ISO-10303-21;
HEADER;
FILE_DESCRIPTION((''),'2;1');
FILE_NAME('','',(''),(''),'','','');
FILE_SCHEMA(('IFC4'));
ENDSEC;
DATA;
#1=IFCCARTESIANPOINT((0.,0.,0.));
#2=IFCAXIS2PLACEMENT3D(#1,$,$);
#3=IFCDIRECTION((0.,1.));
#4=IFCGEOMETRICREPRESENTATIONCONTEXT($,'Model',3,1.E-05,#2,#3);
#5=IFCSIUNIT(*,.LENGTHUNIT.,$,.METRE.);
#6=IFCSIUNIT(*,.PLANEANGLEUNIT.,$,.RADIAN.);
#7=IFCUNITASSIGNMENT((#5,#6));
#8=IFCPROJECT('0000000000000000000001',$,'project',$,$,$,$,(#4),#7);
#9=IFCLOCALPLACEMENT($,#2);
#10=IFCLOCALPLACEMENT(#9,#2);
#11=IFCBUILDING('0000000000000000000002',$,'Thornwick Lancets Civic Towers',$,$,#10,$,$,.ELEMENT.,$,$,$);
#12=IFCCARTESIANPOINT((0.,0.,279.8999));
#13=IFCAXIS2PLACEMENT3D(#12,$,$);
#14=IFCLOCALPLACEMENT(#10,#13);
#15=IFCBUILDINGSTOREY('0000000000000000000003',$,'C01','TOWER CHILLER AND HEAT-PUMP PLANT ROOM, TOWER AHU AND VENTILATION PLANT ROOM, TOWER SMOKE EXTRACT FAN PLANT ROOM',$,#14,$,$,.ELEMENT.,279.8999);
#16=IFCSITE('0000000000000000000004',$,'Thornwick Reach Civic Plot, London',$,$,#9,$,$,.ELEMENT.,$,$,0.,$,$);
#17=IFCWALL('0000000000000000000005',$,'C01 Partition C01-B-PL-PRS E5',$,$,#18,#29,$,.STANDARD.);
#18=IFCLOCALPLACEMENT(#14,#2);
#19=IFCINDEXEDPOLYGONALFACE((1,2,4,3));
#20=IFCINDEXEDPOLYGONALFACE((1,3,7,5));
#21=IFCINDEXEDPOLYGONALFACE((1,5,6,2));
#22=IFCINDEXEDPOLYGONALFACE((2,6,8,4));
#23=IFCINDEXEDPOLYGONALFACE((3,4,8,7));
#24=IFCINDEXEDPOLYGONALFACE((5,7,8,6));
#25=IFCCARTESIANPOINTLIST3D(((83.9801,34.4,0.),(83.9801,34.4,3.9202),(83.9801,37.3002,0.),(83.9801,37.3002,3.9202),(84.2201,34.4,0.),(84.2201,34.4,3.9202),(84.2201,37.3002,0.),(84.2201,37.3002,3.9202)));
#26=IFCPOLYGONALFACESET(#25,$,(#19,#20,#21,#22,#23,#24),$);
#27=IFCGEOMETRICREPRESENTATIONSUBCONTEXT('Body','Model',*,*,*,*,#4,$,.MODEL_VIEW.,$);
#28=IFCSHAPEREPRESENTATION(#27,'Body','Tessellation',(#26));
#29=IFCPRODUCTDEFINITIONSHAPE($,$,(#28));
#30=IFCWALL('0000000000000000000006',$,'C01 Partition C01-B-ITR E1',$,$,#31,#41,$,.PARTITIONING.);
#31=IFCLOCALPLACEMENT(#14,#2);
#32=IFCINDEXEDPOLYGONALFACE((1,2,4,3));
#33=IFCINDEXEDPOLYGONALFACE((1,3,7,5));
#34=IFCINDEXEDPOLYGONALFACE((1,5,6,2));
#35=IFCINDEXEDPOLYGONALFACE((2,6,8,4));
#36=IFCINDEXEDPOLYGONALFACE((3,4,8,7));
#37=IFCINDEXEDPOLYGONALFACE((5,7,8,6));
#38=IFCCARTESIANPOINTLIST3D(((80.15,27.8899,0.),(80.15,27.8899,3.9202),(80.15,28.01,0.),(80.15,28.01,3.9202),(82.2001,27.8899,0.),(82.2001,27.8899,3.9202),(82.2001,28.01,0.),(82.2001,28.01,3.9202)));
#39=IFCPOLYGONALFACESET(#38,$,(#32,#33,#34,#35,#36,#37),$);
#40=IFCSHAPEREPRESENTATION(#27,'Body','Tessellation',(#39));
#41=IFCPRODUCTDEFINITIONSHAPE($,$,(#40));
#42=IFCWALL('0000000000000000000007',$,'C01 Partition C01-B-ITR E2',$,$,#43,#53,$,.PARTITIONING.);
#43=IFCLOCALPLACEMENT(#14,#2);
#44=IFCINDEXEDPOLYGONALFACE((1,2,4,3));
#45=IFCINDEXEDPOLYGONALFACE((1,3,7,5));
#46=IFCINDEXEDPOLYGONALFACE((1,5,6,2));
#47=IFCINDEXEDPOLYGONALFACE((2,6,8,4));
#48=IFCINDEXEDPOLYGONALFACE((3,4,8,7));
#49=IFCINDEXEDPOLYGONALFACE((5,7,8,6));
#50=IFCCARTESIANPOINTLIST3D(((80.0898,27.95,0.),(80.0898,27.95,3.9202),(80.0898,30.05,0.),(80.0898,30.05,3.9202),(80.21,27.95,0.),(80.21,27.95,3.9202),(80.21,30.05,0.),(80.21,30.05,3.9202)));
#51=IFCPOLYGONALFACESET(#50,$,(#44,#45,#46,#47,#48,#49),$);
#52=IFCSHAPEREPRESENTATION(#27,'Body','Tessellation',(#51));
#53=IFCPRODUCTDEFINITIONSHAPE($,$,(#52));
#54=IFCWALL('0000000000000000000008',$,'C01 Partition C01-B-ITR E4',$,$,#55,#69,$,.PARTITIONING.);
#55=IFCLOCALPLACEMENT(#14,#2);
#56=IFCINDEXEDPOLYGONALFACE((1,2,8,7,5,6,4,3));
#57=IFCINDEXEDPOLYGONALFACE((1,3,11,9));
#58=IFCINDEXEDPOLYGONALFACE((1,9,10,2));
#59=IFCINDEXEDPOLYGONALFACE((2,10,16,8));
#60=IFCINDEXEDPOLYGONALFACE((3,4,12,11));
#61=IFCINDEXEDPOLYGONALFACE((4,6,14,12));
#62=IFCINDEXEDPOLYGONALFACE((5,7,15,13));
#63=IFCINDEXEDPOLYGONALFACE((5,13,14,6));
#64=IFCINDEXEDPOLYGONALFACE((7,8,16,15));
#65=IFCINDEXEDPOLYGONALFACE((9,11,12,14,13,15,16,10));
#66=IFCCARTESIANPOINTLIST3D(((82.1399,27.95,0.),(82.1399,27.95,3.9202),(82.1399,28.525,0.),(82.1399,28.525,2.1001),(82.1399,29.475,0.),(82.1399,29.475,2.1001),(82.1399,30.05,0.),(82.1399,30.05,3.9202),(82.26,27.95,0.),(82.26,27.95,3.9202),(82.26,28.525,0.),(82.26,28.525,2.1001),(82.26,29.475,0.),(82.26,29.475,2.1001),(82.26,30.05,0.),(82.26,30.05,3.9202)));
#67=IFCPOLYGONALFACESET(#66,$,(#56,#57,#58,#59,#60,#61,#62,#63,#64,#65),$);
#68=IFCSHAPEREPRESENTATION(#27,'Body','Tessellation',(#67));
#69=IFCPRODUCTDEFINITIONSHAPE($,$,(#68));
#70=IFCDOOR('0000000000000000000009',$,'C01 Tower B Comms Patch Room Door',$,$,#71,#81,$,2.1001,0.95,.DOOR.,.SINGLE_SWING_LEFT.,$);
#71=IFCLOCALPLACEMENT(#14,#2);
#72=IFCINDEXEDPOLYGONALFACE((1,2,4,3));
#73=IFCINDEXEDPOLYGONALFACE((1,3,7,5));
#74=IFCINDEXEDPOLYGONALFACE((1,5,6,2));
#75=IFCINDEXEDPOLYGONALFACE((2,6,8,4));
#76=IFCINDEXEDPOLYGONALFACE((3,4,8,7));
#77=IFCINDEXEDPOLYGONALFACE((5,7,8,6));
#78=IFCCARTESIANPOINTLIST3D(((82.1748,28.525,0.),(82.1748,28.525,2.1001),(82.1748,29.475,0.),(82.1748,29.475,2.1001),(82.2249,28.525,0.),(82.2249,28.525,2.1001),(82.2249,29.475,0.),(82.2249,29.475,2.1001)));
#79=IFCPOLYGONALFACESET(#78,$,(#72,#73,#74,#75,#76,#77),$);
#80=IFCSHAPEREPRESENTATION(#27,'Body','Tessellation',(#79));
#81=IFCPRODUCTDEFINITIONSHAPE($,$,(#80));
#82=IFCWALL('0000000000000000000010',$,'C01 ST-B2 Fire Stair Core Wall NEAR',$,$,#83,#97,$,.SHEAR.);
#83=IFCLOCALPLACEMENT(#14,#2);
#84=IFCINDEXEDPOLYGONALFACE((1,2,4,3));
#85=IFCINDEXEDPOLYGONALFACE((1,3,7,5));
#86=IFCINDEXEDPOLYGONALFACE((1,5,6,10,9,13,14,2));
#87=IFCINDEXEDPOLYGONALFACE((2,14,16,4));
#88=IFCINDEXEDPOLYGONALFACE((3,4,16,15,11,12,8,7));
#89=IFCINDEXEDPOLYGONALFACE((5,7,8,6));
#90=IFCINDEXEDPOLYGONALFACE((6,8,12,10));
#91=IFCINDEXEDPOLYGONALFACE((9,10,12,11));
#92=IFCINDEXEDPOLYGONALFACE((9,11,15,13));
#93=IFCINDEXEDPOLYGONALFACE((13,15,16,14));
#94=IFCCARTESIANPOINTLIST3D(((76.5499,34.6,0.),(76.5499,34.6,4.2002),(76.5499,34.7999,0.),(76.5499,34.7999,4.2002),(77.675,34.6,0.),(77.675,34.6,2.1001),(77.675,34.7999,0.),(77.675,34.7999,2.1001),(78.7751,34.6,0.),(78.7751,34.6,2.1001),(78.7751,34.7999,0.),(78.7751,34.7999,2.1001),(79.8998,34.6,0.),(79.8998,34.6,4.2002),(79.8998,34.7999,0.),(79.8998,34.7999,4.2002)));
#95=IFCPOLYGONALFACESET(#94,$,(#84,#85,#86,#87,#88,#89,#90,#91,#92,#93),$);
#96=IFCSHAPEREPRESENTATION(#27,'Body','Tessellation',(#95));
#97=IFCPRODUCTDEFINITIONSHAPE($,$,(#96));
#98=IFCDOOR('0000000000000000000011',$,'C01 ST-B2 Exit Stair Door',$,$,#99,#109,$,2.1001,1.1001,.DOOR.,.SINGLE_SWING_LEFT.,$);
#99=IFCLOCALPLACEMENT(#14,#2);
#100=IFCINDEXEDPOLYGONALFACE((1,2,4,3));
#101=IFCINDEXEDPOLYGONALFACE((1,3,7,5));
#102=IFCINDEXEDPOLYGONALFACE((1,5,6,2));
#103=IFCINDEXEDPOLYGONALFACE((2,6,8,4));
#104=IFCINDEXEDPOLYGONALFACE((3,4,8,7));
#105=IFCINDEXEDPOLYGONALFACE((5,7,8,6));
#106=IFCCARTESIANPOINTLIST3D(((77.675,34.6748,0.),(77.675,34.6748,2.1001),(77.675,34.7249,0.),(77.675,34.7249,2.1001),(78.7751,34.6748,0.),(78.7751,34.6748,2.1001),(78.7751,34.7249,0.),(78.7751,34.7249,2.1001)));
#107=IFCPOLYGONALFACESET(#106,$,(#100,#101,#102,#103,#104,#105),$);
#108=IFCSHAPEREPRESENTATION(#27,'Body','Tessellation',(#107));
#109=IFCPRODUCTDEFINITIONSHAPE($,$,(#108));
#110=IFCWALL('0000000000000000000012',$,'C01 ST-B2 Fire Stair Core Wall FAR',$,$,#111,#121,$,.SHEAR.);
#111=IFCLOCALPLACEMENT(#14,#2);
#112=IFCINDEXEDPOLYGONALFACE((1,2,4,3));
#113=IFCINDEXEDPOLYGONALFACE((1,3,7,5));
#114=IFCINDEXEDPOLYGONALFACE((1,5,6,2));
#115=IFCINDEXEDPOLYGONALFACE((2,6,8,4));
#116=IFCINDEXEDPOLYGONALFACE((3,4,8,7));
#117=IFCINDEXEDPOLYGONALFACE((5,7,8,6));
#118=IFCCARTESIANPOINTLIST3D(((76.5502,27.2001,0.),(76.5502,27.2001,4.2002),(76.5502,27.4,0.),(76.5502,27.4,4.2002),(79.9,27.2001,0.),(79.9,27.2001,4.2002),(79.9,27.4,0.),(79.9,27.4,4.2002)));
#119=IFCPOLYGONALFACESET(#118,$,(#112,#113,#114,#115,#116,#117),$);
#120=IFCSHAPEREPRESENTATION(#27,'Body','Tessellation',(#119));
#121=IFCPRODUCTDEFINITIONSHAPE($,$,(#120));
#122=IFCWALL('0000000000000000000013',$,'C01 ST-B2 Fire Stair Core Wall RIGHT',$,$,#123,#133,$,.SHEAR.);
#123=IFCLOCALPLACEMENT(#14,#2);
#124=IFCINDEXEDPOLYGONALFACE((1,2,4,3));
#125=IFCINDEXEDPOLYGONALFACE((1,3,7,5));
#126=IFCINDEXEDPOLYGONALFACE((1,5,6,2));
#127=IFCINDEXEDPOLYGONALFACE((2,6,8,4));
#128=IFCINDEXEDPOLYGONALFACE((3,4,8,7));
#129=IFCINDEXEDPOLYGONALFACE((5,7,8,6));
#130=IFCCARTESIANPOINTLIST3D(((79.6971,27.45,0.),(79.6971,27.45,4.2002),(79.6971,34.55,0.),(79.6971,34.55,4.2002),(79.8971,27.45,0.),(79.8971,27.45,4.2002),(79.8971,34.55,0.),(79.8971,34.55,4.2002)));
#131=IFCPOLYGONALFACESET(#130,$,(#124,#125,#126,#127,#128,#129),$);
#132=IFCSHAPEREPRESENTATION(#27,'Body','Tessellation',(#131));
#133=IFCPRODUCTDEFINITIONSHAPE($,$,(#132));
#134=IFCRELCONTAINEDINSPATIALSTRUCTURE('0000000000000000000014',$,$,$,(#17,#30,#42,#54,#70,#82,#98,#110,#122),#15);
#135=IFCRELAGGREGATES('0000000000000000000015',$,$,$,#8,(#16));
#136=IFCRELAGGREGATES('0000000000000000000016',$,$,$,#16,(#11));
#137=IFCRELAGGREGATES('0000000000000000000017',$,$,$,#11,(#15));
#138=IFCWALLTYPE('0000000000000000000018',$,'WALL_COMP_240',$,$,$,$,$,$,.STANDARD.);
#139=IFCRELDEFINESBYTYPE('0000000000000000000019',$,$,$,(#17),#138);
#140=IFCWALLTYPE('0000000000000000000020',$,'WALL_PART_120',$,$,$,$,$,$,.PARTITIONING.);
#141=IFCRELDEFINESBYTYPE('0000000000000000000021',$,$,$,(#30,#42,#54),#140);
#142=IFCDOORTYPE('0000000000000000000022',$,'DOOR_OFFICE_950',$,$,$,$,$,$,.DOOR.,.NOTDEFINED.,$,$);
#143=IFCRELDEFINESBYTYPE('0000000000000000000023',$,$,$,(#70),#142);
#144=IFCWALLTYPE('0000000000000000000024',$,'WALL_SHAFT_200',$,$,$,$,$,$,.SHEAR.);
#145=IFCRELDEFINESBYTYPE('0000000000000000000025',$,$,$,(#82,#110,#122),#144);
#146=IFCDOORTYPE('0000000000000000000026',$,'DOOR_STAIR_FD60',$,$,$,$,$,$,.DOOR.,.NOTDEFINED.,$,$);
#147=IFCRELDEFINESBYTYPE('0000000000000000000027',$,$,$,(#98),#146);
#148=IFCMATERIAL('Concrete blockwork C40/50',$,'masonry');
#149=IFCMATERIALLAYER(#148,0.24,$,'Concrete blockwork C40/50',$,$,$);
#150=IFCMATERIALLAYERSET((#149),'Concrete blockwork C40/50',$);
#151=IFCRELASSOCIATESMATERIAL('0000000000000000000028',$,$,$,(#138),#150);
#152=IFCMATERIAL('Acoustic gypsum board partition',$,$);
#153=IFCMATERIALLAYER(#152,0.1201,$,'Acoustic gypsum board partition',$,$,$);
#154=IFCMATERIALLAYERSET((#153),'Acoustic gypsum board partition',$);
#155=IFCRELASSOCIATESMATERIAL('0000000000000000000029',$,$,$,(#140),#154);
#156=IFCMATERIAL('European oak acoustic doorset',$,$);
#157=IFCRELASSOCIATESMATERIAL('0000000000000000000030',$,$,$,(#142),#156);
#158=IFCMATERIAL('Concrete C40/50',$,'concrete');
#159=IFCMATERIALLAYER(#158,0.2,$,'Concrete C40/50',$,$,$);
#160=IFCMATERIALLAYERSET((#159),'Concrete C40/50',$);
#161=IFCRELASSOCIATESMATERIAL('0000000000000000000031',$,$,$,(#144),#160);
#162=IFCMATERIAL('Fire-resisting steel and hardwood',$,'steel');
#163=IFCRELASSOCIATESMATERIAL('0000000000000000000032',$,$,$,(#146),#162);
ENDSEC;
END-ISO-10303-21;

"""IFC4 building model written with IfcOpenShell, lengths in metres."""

from ifc_helpers import new_model, si_unit, direction, frame, frame_2d, origin, place, context, subcontext, project, spatial, rectangle, extrude, material, layer, layer_set, type_object, element, fill, save


model = new_model("IFC4")

# Units and contexts
model_context = context("Model", 3, precision=1e-05, world=origin(), true_north=direction((0.0, 1.0)))
body_context = subcontext(model_context, "Body", "Model", "MODEL_VIEW")
ifc_project = project(units=[si_unit("LENGTHUNIT", "METRE"), si_unit("PLANEANGLEUNIT", "RADIAN")], contexts=[model_context])

# Site, building, storey
site_placement = place(None, origin())
site = spatial("IfcSite", under=ifc_project, at=site_placement, Name="Thornwick Reach Civic Plot, London", CompositionType="ELEMENT", RefElevation=0.0)
building_placement = place(site_placement, origin())
building = spatial("IfcBuilding", under=site, at=building_placement, Name="Thornwick Lancets Civic Towers", CompositionType="ELEMENT")
storey_placement = place(building_placement, frame((0.0, 0.0, 279.8999)))
storey = spatial("IfcBuildingStorey", under=building, at=storey_placement, Name="C01", Description="TOWER CHILLER AND HEAT-PUMP PLANT ROOM, TOWER AHU AND VENTILATION PLANT ROOM, TOWER SMOKE EXTRACT FAN PLANT ROOM", CompositionType="ELEMENT", Elevation=279.8999)

# Shared definitions
ifc_material_1 = material(Name="Concrete blockwork C40/50", Category="masonry")

# Walls
ifc_layer_1 = layer(ifc_material_1, 0.24, Name="Concrete blockwork C40/50")
ifc_layer_set_1 = layer_set([ifc_layer_1], Name="Concrete blockwork C40/50")
wall_type_1 = type_object("IfcWallType", Name="WALL_COMP_240", PredefinedType="STANDARD", material=ifc_layer_set_1)
wall_1_placement = place(storey_placement, frame((84.1001, 34.3999, 0.0), z_axis=(0.0, 0.0, 1.0), x_axis=(0.0, 1.0, 0.0)))
element("IfcWall", 1, at=wall_1_placement, inside=storey, type_object=wall_type_1, Name="C01 Partition C01-B-PL-PRS E5", PredefinedType="STANDARD", context=body_context, shape_type="SweptSolid", body=[
    extrude(rectangle(XDim=2.9001, YDim=0.24, at=frame_2d((1.4502, 0.0))), origin(), (0.0, 0.0, 1.0), 3.9202),
])
ifc_material_2 = material(Name="Acoustic gypsum board partition")
ifc_layer_2 = layer(ifc_material_2, 0.1201, Name="Acoustic gypsum board partition")
ifc_layer_set_2 = layer_set([ifc_layer_2], Name="Acoustic gypsum board partition")
wall_type_2 = type_object("IfcWallType", Name="WALL_PART_120", PredefinedType="PARTITIONING", material=ifc_layer_set_2)
wall_2_placement = place(storey_placement, frame((82.2, 27.95, 0.0), z_axis=(0.0, 0.0, 1.0), x_axis=(-1.0, 0.0, 0.0)))
element("IfcWall", 2, at=wall_2_placement, inside=storey, type_object=wall_type_2, Name="C01 Partition C01-B-ITR E1", PredefinedType="PARTITIONING", context=body_context, shape_type="SweptSolid", body=[
    extrude(rectangle(XDim=2.05, YDim=0.1201, at=frame_2d((1.0249, 0.0))), origin(), (0.0, 0.0, 1.0), 3.9202),
])
wall_3_placement = place(storey_placement, frame((80.1499, 27.95, 0.0), z_axis=(0.0, 0.0, 1.0), x_axis=(0.0, 1.0, 0.0)))
element("IfcWall", 3, at=wall_3_placement, inside=storey, type_object=wall_type_2, Name="C01 Partition C01-B-ITR E2", PredefinedType="PARTITIONING", context=body_context, shape_type="SweptSolid", body=[
    extrude(rectangle(XDim=2.1001, YDim=0.1201, at=frame_2d((1.05, 0.0))), origin(), (0.0, 0.0, 1.0), 3.9202),
])

# Walls, openings, doors
wall_4_placement = place(storey_placement, frame((82.2, 30.05, 0.0), z_axis=(0.0, 0.0, 1.0), x_axis=(0.0, -1.0, 0.0)))
wall_4 = element("IfcWall", 4, at=wall_4_placement, inside=storey, type_object=wall_type_2, Name="C01 Partition C01-B-ITR E4", PredefinedType="PARTITIONING", context=body_context, shape_type="SweptSolid", body=[
    extrude(rectangle(XDim=2.1001, YDim=0.1201, at=frame_2d((1.05, 0.0))), origin(), (0.0, 0.0, 1.0), 3.9202),
])
opening_1_placement = place(wall_4_placement, frame((0.575, 0.0, 0.0)))
opening_1 = element("IfcOpeningElement", 5, at=opening_1_placement, cuts=wall_4, PredefinedType="OPENING", context=body_context, shape_type="SweptSolid", body=[
    extrude(rectangle(XDim=0.95, YDim=2.1001, at=frame_2d((0.4751, 1.05))), frame((0.0, 0.0701, 0.0), z_axis=(0.0, -1.0, 0.0), x_axis=(1.0, 0.0, 0.0)), (0.0, 0.0, 1.0), 0.1401),
])
ifc_material_3 = material(Name="European oak acoustic doorset")
door_type_1 = type_object("IfcDoorType", Name="DOOR_OFFICE_950", OperationType="NOTDEFINED", PredefinedType="DOOR", material=ifc_material_3)
door_1_placement = place(opening_1_placement, origin())
door_1 = element("IfcDoor", 6, at=door_1_placement, inside=storey, type_object=door_type_1, Name="C01 Tower B Comms Patch Room Door", OperationType="SINGLE_SWING_LEFT", OverallHeight=2.1001, OverallWidth=0.95, PredefinedType="DOOR", context=body_context, shape_type="SweptSolid", body=[
    extrude(rectangle(XDim=0.95, YDim=2.1001, at=frame_2d((0.4751, 1.05))), frame((0.0, 0.0249, 0.0), z_axis=(0.0, -1.0, 0.0), x_axis=(1.0, 0.0, 0.0)), (0.0, 0.0, 1.0), 0.05),
])
fill(opening_1, door_1)
ifc_material_4 = material(Name="Concrete C40/50", Category="concrete")
ifc_layer_3 = layer(ifc_material_4, 0.2, Name="Concrete C40/50")
ifc_layer_set_3 = layer_set([ifc_layer_3], Name="Concrete C40/50")
wall_type_3 = type_object("IfcWallType", Name="WALL_SHAFT_200", PredefinedType="SHEAR", material=ifc_layer_set_3)
wall_5_placement = place(storey_placement, frame((76.55, 34.7, 0.0), z_axis=(0.0, 0.0, 1.0), x_axis=(1.0, 0.0, 0.0)))
wall_5 = element("IfcWall", 7, at=wall_5_placement, inside=storey, type_object=wall_type_3, Name="C01 ST-B2 Fire Stair Core Wall NEAR", PredefinedType="SHEAR", context=body_context, shape_type="SweptSolid", body=[
    extrude(rectangle(XDim=3.3499, YDim=0.2, at=frame_2d((1.6748, 0.0))), origin(), (0.0, 0.0, 1.0), 4.2002),
])
opening_2_placement = place(wall_5_placement, frame((1.125, 0.0, 0.0)))
opening_2 = element("IfcOpeningElement", 8, at=opening_2_placement, cuts=wall_5, PredefinedType="OPENING", context=body_context, shape_type="SweptSolid", body=[
    extrude(rectangle(XDim=1.1001, YDim=2.1001, at=frame_2d((0.55, 1.05))), frame((0.0, 0.1099, 0.0), z_axis=(0.0, -1.0, 0.0), x_axis=(1.0, 0.0, 0.0)), (0.0, 0.0, 1.0), 0.22),
])
ifc_material_5 = material(Name="Fire-resisting steel and hardwood", Category="steel")
door_type_2 = type_object("IfcDoorType", Name="DOOR_STAIR_FD60", OperationType="NOTDEFINED", PredefinedType="DOOR", material=ifc_material_5)
door_2_placement = place(opening_2_placement, origin())
door_2 = element("IfcDoor", 9, at=door_2_placement, inside=storey, type_object=door_type_2, Name="C01 ST-B2 Exit Stair Door", OperationType="SINGLE_SWING_LEFT", OverallHeight=2.1001, OverallWidth=1.1001, PredefinedType="DOOR", context=body_context, shape_type="SweptSolid", body=[
    extrude(rectangle(XDim=1.1001, YDim=2.1001, at=frame_2d((0.55, 1.05))), frame((0.0, 0.0249, 0.0), z_axis=(0.0, -1.0, 0.0), x_axis=(1.0, 0.0, 0.0)), (0.0, 0.0, 1.0), 0.05),
])
fill(opening_2, door_2)

# Walls
wall_6_placement = place(storey_placement, frame((79.8999, 27.3, 0.0), z_axis=(0.0, 0.0, 1.0), x_axis=(-1.0, 0.0, 0.0)))
element("IfcWall", 10, at=wall_6_placement, inside=storey, type_object=wall_type_3, Name="C01 ST-B2 Fire Stair Core Wall FAR", PredefinedType="SHEAR", context=body_context, shape_type="SweptSolid", body=[
    extrude(rectangle(XDim=3.3499, YDim=0.2, at=frame_2d((1.6748, 0.0))), origin(), (0.0, 0.0, 1.0), 4.2002),
])
wall_7_placement = place(storey_placement, frame((79.7971, 27.45, 0.0), z_axis=(0.0, 0.0, 1.0), x_axis=(0.0, 1.0, 0.0)))
element("IfcWall", 11, at=wall_7_placement, inside=storey, type_object=wall_type_3, Name="C01 ST-B2 Fire Stair Core Wall RIGHT", PredefinedType="SHEAR", context=body_context, shape_type="SweptSolid", body=[
    extrude(rectangle(XDim=7.1001, YDim=0.2, at=frame_2d((3.55, 0.0))), origin(), (0.0, 0.0, 1.0), 4.2002),
])

save(model, "model.ifc")
